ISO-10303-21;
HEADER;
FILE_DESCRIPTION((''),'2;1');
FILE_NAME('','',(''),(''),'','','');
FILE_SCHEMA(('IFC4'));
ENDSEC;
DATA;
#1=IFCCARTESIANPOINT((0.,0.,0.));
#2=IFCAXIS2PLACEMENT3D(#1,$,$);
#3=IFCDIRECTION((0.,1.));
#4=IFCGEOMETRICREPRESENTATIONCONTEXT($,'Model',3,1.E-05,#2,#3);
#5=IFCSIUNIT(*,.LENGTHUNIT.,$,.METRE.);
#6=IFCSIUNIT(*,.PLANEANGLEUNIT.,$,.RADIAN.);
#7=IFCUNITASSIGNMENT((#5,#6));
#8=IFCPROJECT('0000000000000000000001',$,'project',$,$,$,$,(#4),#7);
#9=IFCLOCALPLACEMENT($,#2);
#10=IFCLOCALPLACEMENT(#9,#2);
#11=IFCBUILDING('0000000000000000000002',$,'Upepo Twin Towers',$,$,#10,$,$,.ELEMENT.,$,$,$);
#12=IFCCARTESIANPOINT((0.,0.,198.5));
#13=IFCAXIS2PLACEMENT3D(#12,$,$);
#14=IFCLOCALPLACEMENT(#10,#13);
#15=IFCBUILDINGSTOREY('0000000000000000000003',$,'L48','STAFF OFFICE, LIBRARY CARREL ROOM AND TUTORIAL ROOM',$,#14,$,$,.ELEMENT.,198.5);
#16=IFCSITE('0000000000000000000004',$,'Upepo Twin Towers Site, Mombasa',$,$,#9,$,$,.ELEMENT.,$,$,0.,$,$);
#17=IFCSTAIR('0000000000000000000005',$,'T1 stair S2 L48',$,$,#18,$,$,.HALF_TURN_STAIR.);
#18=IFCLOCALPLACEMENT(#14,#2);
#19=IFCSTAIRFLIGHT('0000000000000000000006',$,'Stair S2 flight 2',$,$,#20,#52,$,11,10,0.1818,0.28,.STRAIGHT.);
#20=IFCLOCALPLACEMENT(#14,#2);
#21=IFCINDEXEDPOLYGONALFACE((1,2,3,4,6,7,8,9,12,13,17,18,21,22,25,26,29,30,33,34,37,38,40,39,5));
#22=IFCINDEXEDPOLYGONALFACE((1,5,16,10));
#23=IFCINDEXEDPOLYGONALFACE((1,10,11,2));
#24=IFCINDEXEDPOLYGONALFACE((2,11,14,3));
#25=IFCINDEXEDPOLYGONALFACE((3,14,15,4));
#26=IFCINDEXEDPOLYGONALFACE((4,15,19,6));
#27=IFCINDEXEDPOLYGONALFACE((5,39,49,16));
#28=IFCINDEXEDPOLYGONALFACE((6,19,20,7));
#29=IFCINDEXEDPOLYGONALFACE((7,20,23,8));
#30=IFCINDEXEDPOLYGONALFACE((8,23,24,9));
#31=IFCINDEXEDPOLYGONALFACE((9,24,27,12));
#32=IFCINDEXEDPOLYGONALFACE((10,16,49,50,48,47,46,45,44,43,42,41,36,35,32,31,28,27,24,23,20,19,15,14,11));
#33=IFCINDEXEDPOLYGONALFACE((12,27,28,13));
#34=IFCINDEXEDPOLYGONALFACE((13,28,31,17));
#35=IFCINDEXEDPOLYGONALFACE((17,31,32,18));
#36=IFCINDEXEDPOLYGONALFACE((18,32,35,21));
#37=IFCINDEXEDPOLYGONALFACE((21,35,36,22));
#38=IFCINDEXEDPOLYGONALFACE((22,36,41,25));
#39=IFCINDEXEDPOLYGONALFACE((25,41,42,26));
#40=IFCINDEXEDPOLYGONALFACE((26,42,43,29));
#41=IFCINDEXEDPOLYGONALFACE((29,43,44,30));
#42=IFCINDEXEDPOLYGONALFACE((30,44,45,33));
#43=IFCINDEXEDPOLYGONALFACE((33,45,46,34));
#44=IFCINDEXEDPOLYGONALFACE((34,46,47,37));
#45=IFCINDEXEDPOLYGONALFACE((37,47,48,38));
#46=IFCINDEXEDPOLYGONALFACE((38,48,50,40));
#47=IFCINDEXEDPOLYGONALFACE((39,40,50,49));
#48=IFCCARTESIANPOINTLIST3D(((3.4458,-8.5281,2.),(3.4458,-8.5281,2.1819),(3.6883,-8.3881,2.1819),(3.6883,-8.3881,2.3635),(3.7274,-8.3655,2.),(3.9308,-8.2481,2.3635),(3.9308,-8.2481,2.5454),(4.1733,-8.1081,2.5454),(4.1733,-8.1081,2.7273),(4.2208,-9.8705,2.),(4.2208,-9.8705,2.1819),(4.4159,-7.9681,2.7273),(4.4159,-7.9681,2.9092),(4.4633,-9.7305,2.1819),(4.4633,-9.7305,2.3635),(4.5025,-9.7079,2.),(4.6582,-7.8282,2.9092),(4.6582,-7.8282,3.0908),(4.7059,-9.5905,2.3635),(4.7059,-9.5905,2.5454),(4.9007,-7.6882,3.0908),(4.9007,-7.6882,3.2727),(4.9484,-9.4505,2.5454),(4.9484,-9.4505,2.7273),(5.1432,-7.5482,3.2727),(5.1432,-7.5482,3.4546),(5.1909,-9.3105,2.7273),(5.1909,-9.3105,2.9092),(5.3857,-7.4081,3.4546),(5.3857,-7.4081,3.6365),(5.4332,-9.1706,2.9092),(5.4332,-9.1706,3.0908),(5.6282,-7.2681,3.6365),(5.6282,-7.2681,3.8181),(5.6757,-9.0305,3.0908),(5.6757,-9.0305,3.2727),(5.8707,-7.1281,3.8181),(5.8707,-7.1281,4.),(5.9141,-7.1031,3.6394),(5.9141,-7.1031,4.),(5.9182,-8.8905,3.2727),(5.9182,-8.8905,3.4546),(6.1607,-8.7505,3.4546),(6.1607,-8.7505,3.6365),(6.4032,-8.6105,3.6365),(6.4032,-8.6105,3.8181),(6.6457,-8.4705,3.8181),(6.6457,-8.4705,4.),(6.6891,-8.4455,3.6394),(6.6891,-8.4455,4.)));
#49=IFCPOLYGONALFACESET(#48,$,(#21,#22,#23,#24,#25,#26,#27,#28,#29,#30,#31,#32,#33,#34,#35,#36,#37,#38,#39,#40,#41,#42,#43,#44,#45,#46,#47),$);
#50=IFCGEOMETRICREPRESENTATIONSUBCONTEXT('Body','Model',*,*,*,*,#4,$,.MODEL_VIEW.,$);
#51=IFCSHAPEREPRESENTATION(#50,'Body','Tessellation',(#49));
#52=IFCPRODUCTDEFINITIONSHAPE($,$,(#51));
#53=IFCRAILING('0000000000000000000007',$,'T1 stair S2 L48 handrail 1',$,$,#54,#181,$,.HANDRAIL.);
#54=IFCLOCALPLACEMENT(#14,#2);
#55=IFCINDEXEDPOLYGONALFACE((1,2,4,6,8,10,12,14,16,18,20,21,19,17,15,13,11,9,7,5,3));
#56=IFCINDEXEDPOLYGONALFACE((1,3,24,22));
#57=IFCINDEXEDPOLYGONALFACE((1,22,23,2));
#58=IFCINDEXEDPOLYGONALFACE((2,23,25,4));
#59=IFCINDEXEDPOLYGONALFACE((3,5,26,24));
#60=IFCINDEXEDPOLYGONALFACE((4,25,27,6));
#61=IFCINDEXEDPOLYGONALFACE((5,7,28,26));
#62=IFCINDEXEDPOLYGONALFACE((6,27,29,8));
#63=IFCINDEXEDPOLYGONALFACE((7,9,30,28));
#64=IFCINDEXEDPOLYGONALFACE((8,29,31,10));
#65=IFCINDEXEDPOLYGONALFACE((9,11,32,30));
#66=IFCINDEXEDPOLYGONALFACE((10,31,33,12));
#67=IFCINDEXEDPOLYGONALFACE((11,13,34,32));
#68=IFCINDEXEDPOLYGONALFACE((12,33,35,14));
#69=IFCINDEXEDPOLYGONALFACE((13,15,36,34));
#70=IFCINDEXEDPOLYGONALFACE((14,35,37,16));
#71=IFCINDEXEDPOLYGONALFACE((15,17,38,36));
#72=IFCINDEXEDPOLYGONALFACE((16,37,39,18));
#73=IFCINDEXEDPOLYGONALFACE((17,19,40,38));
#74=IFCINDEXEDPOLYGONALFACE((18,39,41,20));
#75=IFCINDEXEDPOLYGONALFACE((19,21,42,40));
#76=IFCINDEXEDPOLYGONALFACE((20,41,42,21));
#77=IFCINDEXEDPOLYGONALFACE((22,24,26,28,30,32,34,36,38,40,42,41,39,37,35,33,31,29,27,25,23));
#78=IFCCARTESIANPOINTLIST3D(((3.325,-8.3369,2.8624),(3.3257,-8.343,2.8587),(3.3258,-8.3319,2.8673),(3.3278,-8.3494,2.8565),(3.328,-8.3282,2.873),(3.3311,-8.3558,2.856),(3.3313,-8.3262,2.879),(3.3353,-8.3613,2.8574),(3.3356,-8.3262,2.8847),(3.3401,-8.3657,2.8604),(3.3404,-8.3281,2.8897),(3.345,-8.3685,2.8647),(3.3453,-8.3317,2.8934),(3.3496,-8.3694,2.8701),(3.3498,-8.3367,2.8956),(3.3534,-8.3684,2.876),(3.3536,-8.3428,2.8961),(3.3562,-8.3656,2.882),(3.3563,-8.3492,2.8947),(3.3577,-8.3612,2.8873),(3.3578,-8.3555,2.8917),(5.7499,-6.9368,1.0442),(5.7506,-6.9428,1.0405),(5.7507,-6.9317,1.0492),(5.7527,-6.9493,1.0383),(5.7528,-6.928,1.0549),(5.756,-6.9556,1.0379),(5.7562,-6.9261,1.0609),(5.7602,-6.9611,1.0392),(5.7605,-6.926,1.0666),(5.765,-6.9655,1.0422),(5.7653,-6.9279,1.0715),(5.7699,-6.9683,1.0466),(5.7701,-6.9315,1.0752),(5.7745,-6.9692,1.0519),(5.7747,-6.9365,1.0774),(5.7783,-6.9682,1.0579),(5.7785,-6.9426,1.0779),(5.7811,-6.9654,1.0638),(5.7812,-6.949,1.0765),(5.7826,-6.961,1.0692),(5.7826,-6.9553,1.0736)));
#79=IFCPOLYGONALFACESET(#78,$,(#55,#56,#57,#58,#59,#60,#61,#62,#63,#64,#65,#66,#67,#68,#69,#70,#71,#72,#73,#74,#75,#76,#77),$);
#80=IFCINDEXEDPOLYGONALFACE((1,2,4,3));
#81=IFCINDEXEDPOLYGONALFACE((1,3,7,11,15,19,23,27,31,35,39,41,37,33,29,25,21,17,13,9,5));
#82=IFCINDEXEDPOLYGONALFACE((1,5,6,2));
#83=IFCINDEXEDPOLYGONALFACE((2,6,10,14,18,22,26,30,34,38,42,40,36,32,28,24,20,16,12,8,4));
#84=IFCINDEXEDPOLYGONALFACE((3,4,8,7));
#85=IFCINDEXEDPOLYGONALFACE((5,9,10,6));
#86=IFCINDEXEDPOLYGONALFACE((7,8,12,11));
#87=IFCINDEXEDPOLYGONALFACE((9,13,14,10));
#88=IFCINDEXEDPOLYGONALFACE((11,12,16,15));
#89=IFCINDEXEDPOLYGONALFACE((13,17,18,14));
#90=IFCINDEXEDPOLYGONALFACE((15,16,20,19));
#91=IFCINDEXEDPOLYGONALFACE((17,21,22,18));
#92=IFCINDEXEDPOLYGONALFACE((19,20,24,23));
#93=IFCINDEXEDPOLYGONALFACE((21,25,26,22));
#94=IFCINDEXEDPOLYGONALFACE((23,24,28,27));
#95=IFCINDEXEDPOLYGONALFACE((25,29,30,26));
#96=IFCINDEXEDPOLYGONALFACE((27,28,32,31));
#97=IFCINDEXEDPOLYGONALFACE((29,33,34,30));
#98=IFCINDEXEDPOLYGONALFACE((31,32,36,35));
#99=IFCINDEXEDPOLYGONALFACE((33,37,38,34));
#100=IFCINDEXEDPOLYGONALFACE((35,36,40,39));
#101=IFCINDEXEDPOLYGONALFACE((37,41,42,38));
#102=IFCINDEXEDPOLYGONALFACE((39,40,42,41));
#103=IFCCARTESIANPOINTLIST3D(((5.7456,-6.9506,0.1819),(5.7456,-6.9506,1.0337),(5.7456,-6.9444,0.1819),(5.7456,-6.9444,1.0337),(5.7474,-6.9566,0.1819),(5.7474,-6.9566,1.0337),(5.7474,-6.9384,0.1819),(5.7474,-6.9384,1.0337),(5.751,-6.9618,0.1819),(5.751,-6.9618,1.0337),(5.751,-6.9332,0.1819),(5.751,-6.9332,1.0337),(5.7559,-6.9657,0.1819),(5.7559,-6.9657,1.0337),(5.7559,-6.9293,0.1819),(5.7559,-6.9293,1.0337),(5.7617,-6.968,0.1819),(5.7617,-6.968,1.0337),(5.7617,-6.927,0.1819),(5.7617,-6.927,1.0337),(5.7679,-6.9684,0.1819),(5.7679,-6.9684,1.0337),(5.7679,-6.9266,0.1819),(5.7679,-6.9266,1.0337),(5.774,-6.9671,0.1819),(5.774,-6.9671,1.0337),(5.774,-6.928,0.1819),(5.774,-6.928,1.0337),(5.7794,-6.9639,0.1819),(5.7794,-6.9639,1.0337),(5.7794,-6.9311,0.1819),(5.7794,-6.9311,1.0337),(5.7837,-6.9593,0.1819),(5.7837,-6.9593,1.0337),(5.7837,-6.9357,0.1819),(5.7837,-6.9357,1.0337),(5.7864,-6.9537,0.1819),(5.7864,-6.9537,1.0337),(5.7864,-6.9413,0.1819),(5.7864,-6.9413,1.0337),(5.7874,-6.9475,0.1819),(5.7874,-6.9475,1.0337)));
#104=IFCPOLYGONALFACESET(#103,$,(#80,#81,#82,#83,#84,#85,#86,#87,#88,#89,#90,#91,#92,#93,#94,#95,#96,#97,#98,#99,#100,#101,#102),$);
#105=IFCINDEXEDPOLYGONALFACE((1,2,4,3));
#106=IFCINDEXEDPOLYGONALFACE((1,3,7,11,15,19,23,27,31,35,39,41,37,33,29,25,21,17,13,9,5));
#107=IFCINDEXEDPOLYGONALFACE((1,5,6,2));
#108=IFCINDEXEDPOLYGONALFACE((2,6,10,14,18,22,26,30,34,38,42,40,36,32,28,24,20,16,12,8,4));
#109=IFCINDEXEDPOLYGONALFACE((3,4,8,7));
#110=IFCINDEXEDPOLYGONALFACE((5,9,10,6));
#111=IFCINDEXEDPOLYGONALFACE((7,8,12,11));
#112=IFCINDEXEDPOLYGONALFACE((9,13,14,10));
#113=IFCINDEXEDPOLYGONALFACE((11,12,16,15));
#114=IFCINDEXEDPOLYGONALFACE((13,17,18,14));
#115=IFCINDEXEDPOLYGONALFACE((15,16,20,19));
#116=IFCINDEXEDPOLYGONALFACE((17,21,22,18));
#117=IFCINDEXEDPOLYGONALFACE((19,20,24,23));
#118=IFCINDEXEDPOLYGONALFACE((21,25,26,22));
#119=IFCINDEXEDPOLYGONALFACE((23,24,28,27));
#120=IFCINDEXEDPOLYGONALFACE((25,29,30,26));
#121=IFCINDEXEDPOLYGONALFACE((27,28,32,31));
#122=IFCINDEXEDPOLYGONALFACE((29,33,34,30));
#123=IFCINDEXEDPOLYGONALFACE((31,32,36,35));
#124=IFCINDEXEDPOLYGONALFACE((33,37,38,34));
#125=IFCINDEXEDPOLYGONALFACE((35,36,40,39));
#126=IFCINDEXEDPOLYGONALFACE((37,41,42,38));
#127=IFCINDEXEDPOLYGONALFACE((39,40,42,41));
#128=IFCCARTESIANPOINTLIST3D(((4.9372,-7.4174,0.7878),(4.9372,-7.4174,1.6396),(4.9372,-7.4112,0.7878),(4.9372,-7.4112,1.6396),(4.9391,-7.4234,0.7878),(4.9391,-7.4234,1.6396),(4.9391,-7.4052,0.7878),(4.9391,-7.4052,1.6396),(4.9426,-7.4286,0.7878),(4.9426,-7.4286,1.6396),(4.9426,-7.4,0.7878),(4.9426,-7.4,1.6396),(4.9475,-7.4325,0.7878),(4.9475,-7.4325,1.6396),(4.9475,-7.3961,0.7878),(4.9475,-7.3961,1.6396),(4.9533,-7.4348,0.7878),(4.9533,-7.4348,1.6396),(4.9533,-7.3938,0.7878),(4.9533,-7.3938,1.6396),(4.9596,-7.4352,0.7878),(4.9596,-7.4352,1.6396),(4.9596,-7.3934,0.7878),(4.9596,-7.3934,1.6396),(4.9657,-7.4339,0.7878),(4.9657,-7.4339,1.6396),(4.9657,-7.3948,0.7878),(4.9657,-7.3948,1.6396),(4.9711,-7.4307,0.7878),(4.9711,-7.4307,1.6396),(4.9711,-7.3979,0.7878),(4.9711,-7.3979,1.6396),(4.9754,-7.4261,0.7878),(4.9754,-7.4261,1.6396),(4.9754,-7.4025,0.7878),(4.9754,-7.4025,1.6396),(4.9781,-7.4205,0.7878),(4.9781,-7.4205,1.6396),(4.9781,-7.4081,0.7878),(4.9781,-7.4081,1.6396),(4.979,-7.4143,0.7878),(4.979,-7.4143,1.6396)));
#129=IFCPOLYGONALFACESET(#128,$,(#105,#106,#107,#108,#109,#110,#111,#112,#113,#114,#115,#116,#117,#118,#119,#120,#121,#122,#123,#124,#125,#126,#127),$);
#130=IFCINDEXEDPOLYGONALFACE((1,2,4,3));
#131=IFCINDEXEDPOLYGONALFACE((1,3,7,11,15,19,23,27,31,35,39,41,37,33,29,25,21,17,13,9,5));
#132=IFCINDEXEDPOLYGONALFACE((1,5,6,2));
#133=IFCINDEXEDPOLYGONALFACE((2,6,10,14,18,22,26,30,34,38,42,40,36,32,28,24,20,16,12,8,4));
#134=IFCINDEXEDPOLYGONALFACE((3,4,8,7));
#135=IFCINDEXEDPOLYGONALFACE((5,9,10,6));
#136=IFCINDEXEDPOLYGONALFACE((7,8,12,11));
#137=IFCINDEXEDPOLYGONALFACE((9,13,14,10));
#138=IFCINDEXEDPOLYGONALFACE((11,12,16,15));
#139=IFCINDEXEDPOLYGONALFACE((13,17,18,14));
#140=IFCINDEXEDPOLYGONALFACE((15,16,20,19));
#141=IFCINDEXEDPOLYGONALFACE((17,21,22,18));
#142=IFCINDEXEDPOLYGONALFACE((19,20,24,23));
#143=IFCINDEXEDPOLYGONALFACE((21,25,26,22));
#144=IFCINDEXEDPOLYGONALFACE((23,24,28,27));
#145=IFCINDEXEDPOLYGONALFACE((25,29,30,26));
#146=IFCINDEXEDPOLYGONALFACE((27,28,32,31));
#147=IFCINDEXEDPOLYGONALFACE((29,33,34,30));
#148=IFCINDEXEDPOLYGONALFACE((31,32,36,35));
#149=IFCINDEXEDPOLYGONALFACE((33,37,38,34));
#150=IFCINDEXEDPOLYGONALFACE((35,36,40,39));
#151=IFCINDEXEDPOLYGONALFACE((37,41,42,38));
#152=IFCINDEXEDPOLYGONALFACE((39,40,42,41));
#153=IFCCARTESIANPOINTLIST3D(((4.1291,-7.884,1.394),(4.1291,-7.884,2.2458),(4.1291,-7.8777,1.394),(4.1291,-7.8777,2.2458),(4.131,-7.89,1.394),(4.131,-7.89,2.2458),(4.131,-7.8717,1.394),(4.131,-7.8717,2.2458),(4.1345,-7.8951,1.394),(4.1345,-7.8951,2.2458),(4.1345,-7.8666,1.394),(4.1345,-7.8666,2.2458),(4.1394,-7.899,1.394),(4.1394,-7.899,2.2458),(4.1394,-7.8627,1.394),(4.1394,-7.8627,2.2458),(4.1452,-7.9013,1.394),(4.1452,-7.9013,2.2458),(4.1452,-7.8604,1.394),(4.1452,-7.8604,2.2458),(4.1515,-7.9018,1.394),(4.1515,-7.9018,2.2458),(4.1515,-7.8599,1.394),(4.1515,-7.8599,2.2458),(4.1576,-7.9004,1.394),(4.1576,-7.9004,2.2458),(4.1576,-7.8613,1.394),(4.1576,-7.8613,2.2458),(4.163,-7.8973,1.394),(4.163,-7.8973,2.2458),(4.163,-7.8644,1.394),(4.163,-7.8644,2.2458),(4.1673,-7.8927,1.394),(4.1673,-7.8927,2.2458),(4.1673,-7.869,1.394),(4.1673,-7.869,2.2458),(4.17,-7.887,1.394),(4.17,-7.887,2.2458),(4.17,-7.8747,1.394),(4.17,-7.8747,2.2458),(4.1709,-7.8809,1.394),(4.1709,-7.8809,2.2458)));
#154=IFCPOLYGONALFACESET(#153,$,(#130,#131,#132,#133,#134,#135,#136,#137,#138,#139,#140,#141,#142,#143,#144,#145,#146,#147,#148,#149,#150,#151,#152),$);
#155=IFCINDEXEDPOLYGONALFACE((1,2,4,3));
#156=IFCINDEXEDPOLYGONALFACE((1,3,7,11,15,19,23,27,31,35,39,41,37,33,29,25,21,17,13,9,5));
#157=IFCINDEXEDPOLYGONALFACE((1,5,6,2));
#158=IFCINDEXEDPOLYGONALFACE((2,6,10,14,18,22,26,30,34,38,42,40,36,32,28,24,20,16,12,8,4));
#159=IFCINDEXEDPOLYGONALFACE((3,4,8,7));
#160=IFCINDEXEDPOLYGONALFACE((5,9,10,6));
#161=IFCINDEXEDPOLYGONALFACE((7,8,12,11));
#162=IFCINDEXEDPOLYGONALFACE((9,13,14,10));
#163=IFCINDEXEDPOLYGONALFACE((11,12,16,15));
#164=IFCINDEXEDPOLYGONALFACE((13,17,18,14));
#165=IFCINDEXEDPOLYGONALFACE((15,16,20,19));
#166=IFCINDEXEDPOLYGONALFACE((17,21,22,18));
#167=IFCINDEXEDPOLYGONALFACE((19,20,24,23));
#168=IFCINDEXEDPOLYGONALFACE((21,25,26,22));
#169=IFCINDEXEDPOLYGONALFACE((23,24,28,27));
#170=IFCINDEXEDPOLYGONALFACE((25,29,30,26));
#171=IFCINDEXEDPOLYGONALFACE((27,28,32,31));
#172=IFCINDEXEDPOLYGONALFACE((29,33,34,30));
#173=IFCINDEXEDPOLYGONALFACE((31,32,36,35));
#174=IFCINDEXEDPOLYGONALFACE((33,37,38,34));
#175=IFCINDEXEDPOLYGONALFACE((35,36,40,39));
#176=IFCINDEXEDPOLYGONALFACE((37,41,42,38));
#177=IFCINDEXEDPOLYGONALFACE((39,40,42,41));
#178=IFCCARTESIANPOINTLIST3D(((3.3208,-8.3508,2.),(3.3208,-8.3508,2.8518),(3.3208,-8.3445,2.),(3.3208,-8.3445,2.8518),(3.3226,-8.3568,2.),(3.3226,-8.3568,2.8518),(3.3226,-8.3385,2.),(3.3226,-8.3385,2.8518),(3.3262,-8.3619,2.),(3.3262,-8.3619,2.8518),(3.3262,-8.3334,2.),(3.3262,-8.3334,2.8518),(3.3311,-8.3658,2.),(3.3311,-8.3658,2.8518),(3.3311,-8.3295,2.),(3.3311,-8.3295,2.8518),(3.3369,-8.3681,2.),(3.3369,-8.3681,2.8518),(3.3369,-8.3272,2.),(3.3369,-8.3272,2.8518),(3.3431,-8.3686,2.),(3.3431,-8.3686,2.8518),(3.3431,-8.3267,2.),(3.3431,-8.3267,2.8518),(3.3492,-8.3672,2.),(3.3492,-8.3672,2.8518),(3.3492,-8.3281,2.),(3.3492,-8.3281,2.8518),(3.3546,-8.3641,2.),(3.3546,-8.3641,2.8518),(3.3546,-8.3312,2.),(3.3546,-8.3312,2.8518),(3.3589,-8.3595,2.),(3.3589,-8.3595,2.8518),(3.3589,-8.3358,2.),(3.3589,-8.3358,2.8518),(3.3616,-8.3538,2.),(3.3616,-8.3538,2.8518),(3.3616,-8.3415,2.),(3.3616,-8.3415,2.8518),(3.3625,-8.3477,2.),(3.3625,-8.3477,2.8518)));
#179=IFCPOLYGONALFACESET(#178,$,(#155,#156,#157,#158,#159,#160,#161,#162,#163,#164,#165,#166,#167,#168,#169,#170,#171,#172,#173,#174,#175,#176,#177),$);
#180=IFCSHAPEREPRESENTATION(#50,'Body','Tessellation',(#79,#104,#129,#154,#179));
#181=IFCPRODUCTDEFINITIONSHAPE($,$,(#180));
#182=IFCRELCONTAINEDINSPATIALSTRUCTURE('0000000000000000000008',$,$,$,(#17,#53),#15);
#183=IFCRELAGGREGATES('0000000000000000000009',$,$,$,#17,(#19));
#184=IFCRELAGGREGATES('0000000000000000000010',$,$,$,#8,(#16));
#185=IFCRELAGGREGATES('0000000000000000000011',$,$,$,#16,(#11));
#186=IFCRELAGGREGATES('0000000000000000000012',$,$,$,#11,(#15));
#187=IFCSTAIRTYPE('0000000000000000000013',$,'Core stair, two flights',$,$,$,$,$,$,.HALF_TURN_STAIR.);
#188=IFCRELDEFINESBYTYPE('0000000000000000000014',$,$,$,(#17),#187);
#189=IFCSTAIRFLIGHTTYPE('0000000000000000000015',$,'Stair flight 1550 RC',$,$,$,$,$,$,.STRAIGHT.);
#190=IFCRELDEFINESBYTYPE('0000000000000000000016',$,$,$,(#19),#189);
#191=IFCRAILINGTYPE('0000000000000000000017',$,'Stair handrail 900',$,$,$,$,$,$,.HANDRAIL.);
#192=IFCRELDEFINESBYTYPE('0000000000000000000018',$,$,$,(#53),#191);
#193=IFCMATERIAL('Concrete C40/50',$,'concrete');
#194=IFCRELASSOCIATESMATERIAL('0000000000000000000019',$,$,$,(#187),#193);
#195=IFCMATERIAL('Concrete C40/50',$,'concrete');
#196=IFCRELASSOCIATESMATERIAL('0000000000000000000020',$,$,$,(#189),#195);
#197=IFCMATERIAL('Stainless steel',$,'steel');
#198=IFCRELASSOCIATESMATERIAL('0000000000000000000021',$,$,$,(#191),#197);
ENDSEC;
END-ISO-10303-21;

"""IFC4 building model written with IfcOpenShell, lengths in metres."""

from ifc_helpers import new_model, si_unit, direction, frame, origin, origin_2d, place, context, subcontext, project, spatial, polyline, circle, outline, extrude, material, type_object, element, aggregate, save


model = new_model("IFC4")

# Units and contexts
model_context = context("Model", 3, precision=1e-05, world=origin(), true_north=direction((0.0, 1.0)))
body_context = subcontext(model_context, "Body", "Model", "MODEL_VIEW")
ifc_project = project(units=[si_unit("LENGTHUNIT", "METRE"), si_unit("PLANEANGLEUNIT", "RADIAN")], contexts=[model_context])

# Site, building, storey
site_placement = place(None, origin())
site = spatial("IfcSite", under=ifc_project, at=site_placement, Name="Upepo Twin Towers Site, Mombasa", CompositionType="ELEMENT", RefElevation=0.0)
building_placement = place(site_placement, origin())
building = spatial("IfcBuilding", under=site, at=building_placement, Name="Upepo Twin Towers", CompositionType="ELEMENT")
storey_placement = place(building_placement, frame((0.0, 0.0, 198.5)))
storey = spatial("IfcBuildingStorey", under=building, at=storey_placement, Name="L48", Description="STAFF OFFICE, LIBRARY CARREL ROOM AND TUTORIAL ROOM", CompositionType="ELEMENT", Elevation=198.5)

# Stair
ifc_material_1 = material(Name="Concrete C40/50", Category="concrete")
stair_type = type_object("IfcStairType", Name="Core stair, two flights", PredefinedType="HALF_TURN_STAIR", material=ifc_material_1)
stair_placement = place(storey_placement, origin())
stair = element("IfcStair", 1, at=stair_placement, inside=storey, type_object=stair_type, Name="T1 stair S2 L48", PredefinedType="HALF_TURN_STAIR")

# Stair flight
ifc_material_2 = material(Name="Concrete C40/50", Category="concrete")
stair_flight_type = type_object("IfcStairFlightType", Name="Stair flight 1550 RC", PredefinedType="STRAIGHT", material=ifc_material_2)
stair_flight_1_placement = place(storey_placement, frame((3.8333, -9.1992, 2.0), z_axis=(0.0, 0.0, 1.0), x_axis=(0.866025, 0.5, 0.0)))
stair_flight_1 = element("IfcStairFlight", 2, at=stair_flight_1_placement, type_object=stair_flight_type, Name="Stair S2 flight 2", NumberOfRisers=11, NumberOfTreads=10, PredefinedType="STRAIGHT", RiserHeight=0.1818, TreadLength=0.28, context=body_context, shape_type="SweptSolid", body=[
    extrude(outline(polyline([(0.0, 0.0), (0.0, 0.1819), (0.28, 0.1819), (0.28, 0.3635), (0.5601, 0.3635), (0.5601, 0.5454), (0.8401, 0.5454), (0.8401, 0.7273), (1.1201, 0.7273), (1.1201, 0.9092), (1.3999, 0.9092), (1.3999, 1.0908), (1.6799, 1.0908), (1.6799, 1.2727), (1.96, 1.2727), (1.96, 1.4546), (2.24, 1.4546), (2.24, 1.6365), (2.52, 1.6365), (2.52, 1.8181), (2.8, 1.8181), (2.8, 2.0), (2.8501, 2.0), (2.8501, 1.6394), (0.3252, 0.0), (0.0, 0.0)])), frame((0.0, 0.7749, 0.0), z_axis=(0.0, -1.0, 0.0), x_axis=(1.0, 0.0, 0.0)), (0.0, 0.0, 1.0), 1.55),
])
aggregate(stair, [stair_flight_1])

# Railing
ifc_material_3 = material(Name="Stainless steel", Category="steel")
railing_type = type_object("IfcRailingType", Name="Stair handrail 900", PredefinedType="HANDRAIL", material=ifc_material_3)
railing_1_placement = place(storey_placement, frame((5.7664, -6.9475, 0.1819)))
element("IfcRailing", 3, at=railing_1_placement, inside=storey, type_object=railing_type, Name="T1 stair S2 L48 handrail 1", PredefinedType="HANDRAIL", context=body_context, shape_type="SweptSolid", body=[
    extrude(circle(Radius=0.0239, at=origin_2d()), frame((0.0, 0.0, 0.876), z_axis=(-0.726314, -0.419393, 0.544589), x_axis=(0.50005, -0.865997, 0.0)), (0.0, 0.0, 1.0), 3.3386),
    extrude(circle(Radius=0.021, at=origin_2d()), origin(), (0.0, 0.0, 1.0), 0.8518),
    extrude(circle(Radius=0.021, at=origin_2d()), frame((-0.8083, -0.4668, 0.606)), (0.0, 0.0, 1.0), 0.8518),
    extrude(circle(Radius=0.021, at=origin_2d()), frame((-1.6165, -0.9333, 1.2122)), (0.0, 0.0, 1.0), 0.8518),
    extrude(circle(Radius=0.021, at=origin_2d()), frame((-2.4248, -1.4001, 1.8181)), (0.0, 0.0, 1.0), 0.8518),
])

save(model, "model.ifc")
